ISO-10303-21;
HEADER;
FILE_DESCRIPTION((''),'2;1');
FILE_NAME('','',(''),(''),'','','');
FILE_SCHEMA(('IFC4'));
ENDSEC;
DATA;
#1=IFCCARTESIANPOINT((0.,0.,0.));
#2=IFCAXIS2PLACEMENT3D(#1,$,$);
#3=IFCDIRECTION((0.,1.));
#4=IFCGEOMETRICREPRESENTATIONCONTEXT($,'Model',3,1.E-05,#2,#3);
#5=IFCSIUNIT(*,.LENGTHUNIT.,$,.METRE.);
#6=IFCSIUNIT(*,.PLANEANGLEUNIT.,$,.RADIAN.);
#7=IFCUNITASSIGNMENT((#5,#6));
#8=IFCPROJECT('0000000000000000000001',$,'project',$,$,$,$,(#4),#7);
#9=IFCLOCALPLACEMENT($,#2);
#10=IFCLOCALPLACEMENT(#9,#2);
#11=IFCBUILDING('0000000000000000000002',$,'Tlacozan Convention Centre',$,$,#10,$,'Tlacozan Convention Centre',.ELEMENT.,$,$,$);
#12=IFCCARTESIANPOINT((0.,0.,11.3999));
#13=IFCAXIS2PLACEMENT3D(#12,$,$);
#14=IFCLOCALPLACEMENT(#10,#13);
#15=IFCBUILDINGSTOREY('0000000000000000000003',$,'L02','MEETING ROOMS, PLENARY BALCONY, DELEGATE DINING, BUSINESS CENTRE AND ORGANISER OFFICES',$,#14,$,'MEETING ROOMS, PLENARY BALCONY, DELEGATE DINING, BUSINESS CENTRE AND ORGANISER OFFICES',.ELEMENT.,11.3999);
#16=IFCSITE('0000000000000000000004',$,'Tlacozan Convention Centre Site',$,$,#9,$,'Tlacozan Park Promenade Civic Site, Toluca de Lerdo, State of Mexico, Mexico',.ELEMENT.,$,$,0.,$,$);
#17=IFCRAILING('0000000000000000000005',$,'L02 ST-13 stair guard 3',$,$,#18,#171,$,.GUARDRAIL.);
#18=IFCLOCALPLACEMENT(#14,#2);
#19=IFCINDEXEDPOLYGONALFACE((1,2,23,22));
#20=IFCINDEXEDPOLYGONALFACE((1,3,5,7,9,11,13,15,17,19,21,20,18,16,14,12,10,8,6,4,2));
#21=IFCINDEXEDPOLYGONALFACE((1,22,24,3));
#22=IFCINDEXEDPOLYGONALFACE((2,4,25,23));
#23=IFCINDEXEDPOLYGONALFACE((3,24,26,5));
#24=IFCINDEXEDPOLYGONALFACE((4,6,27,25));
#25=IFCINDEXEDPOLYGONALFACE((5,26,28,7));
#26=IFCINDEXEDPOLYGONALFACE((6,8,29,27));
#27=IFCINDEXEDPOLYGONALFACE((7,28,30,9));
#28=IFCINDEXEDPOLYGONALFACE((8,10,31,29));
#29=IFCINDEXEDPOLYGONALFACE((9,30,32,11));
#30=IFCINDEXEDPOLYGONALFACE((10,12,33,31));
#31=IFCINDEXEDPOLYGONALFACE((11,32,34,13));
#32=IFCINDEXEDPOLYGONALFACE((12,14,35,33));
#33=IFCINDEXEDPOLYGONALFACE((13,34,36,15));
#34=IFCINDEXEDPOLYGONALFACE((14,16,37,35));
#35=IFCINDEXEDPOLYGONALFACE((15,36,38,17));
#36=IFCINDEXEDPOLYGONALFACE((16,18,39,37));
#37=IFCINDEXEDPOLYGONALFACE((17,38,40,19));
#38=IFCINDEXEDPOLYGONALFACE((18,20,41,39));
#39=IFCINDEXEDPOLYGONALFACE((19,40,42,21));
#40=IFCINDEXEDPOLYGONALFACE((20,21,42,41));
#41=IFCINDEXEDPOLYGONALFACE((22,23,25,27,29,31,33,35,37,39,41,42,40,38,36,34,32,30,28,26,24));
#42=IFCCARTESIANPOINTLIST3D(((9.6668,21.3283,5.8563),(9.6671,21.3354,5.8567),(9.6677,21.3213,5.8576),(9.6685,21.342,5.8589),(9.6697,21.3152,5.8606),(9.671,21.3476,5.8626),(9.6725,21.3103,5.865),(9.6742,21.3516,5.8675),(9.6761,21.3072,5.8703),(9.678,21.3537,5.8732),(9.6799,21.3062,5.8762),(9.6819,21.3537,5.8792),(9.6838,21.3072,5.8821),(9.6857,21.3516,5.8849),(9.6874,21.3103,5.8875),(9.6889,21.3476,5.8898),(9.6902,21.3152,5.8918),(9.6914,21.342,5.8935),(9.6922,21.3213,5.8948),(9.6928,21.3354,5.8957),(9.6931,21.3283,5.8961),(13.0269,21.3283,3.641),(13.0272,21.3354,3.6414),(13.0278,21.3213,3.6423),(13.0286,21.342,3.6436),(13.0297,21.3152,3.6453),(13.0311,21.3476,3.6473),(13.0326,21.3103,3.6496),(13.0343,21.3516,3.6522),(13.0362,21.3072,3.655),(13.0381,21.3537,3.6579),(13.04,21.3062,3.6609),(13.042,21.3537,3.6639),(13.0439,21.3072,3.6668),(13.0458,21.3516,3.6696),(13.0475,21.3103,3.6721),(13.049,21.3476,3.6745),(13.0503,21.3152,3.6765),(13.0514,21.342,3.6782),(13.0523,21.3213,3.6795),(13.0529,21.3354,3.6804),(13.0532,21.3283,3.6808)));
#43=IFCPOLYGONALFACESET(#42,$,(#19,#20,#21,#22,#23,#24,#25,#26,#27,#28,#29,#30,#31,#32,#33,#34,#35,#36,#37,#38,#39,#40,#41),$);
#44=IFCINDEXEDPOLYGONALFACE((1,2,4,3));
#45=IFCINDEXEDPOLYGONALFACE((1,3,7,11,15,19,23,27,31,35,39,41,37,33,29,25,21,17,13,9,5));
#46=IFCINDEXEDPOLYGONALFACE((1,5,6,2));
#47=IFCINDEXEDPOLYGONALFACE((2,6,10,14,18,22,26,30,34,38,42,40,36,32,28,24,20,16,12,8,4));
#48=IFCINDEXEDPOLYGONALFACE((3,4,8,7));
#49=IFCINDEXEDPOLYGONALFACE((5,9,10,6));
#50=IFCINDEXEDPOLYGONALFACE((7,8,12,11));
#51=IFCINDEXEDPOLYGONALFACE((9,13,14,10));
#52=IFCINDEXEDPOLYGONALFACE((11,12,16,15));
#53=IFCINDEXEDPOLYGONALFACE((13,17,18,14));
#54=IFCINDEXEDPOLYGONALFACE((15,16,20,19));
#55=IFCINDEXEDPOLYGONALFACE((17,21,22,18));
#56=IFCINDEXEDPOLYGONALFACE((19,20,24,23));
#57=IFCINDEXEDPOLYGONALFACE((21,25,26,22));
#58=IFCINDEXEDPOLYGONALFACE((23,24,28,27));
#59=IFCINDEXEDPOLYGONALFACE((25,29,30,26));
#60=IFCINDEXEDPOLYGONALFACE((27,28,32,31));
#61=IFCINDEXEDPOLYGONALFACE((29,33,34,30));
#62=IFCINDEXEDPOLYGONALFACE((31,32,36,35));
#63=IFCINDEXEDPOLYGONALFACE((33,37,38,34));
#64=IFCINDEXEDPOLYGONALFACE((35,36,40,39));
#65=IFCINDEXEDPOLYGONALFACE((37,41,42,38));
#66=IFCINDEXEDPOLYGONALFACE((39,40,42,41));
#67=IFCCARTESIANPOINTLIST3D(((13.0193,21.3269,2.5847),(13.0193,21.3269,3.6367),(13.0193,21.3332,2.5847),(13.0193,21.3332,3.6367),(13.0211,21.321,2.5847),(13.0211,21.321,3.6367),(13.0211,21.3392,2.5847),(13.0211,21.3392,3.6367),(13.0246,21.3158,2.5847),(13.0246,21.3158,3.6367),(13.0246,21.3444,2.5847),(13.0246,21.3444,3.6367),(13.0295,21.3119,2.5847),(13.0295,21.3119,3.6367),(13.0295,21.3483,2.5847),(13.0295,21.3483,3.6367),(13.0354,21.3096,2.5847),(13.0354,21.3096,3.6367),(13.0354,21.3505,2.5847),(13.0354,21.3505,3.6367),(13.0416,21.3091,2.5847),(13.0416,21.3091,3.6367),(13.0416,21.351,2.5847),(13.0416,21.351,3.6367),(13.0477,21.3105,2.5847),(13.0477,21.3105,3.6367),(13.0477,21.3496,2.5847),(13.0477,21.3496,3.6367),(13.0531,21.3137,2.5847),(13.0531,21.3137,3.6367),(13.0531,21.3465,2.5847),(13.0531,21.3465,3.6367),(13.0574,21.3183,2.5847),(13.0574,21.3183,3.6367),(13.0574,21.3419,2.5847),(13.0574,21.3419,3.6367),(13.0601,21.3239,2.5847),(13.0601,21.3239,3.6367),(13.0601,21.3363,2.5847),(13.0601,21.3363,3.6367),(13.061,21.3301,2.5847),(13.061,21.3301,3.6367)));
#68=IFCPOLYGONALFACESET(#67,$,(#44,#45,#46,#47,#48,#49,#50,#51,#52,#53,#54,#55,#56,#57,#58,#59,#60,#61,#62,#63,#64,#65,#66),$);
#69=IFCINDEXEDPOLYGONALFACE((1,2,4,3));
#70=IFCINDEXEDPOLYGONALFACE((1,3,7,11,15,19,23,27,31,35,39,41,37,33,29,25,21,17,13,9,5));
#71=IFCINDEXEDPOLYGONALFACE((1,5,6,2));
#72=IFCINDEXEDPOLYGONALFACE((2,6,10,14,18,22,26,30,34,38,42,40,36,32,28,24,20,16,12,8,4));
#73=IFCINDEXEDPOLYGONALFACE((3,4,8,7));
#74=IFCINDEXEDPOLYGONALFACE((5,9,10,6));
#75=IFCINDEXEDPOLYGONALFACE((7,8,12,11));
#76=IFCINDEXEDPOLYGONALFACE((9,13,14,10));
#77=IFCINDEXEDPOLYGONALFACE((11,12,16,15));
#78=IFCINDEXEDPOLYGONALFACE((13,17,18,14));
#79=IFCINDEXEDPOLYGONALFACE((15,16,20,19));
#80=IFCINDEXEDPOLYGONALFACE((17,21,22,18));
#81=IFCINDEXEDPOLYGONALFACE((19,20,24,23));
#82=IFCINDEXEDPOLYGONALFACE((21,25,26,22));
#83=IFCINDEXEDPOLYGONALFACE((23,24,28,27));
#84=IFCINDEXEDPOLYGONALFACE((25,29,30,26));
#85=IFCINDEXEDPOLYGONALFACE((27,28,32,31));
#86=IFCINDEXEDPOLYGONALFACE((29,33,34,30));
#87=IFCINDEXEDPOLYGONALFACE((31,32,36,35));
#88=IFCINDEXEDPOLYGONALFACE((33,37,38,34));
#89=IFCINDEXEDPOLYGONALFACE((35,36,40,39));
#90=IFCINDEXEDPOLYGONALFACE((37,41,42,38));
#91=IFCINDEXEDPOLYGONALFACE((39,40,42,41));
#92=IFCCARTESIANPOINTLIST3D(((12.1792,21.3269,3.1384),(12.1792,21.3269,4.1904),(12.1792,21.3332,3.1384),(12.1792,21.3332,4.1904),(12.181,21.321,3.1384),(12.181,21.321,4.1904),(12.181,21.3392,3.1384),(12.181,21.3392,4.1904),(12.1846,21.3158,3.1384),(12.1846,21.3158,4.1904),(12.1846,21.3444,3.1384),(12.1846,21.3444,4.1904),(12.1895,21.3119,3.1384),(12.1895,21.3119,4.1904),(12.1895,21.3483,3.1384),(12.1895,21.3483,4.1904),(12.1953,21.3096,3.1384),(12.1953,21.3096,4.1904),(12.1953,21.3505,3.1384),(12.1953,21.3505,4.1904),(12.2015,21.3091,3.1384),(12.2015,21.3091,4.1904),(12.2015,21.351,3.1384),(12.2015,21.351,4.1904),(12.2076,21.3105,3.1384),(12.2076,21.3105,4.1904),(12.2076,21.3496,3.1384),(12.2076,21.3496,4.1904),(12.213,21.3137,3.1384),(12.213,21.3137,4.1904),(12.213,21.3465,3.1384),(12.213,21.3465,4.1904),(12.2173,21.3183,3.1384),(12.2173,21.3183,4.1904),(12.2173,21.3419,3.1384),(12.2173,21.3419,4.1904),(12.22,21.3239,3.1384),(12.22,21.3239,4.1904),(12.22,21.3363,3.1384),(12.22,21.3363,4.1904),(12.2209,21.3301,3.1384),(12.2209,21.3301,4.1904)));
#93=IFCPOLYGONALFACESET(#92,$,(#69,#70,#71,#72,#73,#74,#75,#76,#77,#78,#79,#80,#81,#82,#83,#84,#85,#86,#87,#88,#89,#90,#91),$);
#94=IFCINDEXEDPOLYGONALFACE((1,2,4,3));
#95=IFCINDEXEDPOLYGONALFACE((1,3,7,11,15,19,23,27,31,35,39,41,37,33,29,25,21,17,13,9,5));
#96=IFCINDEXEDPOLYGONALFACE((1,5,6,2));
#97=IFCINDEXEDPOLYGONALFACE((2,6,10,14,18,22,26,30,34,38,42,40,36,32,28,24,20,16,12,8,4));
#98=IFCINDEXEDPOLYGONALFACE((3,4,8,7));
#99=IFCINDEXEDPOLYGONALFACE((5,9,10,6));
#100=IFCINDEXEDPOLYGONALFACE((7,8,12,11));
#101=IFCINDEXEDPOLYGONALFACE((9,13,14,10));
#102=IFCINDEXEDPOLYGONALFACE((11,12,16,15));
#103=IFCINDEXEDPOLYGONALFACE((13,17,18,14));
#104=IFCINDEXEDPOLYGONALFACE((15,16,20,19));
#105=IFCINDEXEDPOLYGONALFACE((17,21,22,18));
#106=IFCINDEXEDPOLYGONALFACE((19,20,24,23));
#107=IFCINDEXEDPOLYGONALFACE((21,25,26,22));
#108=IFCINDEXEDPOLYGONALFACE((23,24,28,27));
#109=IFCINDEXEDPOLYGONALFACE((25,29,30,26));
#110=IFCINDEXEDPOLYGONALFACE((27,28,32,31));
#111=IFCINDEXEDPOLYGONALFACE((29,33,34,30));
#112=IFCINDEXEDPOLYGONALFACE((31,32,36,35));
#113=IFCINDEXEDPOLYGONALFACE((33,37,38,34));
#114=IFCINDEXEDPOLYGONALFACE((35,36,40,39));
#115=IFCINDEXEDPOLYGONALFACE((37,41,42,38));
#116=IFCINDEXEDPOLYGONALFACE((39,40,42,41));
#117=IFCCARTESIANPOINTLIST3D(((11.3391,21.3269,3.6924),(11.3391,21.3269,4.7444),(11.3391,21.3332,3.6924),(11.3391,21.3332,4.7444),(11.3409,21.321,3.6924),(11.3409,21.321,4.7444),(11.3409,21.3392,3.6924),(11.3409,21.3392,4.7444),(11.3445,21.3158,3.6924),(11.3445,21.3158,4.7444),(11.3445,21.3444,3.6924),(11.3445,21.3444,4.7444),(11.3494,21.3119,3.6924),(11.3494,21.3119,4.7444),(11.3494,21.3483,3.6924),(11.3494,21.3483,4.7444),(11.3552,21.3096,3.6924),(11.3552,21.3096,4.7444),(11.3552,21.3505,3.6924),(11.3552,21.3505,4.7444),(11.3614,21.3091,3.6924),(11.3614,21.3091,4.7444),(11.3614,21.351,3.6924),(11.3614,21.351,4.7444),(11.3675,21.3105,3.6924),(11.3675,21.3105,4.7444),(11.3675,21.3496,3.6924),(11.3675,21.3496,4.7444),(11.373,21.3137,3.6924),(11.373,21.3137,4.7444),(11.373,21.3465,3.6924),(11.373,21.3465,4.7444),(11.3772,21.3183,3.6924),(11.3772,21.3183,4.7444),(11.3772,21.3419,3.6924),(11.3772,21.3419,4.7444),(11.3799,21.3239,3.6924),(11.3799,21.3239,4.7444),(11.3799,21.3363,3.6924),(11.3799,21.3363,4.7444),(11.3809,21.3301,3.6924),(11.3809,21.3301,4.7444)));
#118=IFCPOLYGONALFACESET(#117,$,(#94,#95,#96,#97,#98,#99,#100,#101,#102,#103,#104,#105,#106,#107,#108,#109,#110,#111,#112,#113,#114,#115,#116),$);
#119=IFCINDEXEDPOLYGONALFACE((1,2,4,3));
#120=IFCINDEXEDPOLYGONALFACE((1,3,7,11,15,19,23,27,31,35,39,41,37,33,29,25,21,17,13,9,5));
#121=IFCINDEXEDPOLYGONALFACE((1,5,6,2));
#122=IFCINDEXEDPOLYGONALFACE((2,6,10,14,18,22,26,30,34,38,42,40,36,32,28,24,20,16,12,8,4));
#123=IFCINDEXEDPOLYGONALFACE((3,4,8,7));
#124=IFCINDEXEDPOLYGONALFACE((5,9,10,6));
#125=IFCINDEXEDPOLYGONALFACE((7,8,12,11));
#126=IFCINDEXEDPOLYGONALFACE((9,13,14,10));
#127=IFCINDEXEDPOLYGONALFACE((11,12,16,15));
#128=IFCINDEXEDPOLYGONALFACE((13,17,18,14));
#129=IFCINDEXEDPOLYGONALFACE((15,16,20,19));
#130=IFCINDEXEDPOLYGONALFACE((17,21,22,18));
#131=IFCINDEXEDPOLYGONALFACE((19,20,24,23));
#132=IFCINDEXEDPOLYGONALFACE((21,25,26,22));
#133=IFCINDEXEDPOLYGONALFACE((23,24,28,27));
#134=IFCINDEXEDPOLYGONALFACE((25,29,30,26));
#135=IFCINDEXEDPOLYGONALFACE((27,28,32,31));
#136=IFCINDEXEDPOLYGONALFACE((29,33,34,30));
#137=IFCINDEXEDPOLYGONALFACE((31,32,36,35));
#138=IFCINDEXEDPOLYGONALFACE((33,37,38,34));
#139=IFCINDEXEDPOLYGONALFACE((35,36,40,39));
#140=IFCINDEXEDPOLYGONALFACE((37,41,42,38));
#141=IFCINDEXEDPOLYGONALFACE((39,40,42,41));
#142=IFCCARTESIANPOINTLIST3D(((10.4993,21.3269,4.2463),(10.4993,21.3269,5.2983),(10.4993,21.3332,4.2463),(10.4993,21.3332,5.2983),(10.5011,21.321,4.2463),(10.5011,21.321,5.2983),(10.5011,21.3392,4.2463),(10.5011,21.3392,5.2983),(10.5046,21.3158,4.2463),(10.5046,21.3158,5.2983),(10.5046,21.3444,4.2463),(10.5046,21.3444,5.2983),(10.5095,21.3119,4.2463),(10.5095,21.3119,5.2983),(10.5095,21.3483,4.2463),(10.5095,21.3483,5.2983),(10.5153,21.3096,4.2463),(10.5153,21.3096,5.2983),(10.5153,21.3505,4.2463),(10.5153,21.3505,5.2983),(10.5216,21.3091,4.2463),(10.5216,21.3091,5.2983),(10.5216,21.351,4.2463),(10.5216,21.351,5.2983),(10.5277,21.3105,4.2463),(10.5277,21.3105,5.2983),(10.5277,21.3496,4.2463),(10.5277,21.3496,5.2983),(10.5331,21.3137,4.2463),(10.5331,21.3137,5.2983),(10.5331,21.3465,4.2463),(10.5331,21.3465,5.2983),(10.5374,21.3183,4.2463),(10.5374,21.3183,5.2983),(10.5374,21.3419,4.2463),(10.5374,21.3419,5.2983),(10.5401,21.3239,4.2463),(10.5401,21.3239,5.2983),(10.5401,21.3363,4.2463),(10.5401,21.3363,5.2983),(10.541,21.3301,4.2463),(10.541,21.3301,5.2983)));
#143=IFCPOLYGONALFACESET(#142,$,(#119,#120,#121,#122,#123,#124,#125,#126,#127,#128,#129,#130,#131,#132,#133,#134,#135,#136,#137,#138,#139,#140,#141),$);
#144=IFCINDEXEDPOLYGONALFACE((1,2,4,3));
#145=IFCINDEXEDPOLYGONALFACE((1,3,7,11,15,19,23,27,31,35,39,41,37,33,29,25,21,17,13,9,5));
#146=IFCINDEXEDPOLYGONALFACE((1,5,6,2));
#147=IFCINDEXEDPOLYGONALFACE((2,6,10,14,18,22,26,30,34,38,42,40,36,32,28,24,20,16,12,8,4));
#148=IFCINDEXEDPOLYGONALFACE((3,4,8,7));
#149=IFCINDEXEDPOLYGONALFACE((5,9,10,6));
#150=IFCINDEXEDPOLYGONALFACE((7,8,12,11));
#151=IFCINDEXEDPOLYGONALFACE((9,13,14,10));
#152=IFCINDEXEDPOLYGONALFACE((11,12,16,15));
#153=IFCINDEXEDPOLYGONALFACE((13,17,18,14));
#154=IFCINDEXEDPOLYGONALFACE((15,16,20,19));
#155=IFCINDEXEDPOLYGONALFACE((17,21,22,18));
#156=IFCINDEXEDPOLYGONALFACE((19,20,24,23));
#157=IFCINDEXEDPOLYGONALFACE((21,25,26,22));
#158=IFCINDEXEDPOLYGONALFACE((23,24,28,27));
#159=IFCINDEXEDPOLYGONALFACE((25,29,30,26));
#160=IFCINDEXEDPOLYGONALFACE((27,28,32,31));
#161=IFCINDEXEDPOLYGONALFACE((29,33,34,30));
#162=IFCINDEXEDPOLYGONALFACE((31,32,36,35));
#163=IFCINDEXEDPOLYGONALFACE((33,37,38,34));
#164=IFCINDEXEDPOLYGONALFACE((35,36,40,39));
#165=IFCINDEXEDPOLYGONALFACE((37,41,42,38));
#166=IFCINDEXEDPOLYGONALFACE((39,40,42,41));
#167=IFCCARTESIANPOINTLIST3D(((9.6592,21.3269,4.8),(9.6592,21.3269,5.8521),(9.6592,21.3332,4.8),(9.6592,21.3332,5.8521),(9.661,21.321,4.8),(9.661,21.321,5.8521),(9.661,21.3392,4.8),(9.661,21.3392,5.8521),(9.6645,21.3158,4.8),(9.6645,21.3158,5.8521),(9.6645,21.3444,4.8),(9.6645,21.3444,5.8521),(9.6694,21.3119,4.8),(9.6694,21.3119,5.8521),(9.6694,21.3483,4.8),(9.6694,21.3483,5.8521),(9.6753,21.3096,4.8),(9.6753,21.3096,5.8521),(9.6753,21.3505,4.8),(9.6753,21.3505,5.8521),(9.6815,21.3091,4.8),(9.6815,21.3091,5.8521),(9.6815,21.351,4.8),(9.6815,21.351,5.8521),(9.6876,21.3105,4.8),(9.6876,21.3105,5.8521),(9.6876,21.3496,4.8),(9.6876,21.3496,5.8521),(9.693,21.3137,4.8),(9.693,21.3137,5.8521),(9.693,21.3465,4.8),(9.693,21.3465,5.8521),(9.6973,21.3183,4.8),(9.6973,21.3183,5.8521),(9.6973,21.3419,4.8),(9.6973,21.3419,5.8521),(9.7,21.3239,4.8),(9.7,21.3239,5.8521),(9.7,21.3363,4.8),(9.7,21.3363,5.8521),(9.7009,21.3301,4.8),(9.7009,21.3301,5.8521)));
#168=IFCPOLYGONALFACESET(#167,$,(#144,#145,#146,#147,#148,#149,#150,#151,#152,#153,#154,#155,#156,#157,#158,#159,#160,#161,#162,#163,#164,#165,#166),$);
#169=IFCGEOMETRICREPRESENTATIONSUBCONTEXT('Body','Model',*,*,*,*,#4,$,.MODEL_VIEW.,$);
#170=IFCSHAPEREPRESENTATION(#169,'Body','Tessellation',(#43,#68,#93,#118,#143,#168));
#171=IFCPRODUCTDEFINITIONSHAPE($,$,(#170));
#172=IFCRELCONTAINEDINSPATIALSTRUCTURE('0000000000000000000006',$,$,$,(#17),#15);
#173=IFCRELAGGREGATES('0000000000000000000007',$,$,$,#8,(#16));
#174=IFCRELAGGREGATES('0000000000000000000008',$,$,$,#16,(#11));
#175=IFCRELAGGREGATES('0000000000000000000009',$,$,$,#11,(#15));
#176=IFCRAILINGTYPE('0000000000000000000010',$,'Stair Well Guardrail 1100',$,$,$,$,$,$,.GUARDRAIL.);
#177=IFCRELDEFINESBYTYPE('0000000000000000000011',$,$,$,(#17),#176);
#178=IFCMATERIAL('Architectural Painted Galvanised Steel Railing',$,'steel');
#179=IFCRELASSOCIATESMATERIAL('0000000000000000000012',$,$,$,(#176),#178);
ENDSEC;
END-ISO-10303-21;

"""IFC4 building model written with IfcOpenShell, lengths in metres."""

from ifc_helpers import new_model, si_unit, direction, frame, origin, origin_2d, place, context, subcontext, project, spatial, circle, extrude, material, type_object, element, save


model = new_model("IFC4")

# Units and contexts
model_context = context("Model", 3, precision=1e-05, world=origin(), true_north=direction((0.0, 1.0)))
body_context = subcontext(model_context, "Body", "Model", "MODEL_VIEW")
ifc_project = project(units=[si_unit("LENGTHUNIT", "METRE"), si_unit("PLANEANGLEUNIT", "RADIAN")], contexts=[model_context])

# Site, building, storey
site_placement = place(None, origin())
site = spatial("IfcSite", under=ifc_project, at=site_placement, Name="Tlacozan Convention Centre Site", LongName="Tlacozan Park Promenade Civic Site, Toluca de Lerdo, State of Mexico, Mexico", CompositionType="ELEMENT", RefElevation=0.0)
building_placement = place(site_placement, origin())
building = spatial("IfcBuilding", under=site, at=building_placement, Name="Tlacozan Convention Centre", LongName="Tlacozan Convention Centre", CompositionType="ELEMENT")
storey_placement = place(building_placement, frame((0.0, 0.0, 11.3999)))
storey = spatial("IfcBuildingStorey", under=building, at=storey_placement, Name="L02", Description="MEETING ROOMS, PLENARY BALCONY, DELEGATE DINING, BUSINESS CENTRE AND ORGANISER OFFICES", LongName="MEETING ROOMS, PLENARY BALCONY, DELEGATE DINING, BUSINESS CENTRE AND ORGANISER OFFICES", CompositionType="ELEMENT", Elevation=11.3999)

# Railing
ifc_material_1 = material(Name="Architectural Painted Galvanised Steel Railing", Category="steel")
railing_type_1 = type_object("IfcRailingType", Name="Stair Well Guardrail 1100", PredefinedType="GUARDRAIL", material=ifc_material_1)
railing_1_placement = place(storey_placement, frame((13.04, 21.3301, 2.5847)))
element("IfcRailing", 1, at=railing_1_placement, inside=storey, type_object=railing_type_1, Name="L02 ST-13 stair guard 3", PredefinedType="GUARDRAIL", context=body_context, shape_type="SweptSolid", body=[
    extrude(circle(Radius=0.0239, at=origin_2d()), frame((0.0, 0.0, 1.0762), z_axis=(-0.834876, 0.0, 0.550437), x_axis=(0.0, -1.0, 0.0)), (0.0, 0.0, 1.0), 4.0247),
    extrude(circle(Radius=0.021, at=origin_2d()), origin(), (0.0, 0.0, 1.0), 1.052),
    extrude(circle(Radius=0.021, at=origin_2d()), frame((-0.8401, 0.0, 0.5537)), (0.0, 0.0, 1.0), 1.052),
    extrude(circle(Radius=0.021, at=origin_2d()), frame((-1.6802, 0.0, 1.1077)), (0.0, 0.0, 1.0), 1.052),
    extrude(circle(Radius=0.021, at=origin_2d()), frame((-2.52, 0.0, 1.6616)), (0.0, 0.0, 1.0), 1.052),
    extrude(circle(Radius=0.021, at=origin_2d()), frame((-3.3601, 0.0, 2.2153)), (0.0, 0.0, 1.0), 1.052),
])

save(model, "model.ifc")
